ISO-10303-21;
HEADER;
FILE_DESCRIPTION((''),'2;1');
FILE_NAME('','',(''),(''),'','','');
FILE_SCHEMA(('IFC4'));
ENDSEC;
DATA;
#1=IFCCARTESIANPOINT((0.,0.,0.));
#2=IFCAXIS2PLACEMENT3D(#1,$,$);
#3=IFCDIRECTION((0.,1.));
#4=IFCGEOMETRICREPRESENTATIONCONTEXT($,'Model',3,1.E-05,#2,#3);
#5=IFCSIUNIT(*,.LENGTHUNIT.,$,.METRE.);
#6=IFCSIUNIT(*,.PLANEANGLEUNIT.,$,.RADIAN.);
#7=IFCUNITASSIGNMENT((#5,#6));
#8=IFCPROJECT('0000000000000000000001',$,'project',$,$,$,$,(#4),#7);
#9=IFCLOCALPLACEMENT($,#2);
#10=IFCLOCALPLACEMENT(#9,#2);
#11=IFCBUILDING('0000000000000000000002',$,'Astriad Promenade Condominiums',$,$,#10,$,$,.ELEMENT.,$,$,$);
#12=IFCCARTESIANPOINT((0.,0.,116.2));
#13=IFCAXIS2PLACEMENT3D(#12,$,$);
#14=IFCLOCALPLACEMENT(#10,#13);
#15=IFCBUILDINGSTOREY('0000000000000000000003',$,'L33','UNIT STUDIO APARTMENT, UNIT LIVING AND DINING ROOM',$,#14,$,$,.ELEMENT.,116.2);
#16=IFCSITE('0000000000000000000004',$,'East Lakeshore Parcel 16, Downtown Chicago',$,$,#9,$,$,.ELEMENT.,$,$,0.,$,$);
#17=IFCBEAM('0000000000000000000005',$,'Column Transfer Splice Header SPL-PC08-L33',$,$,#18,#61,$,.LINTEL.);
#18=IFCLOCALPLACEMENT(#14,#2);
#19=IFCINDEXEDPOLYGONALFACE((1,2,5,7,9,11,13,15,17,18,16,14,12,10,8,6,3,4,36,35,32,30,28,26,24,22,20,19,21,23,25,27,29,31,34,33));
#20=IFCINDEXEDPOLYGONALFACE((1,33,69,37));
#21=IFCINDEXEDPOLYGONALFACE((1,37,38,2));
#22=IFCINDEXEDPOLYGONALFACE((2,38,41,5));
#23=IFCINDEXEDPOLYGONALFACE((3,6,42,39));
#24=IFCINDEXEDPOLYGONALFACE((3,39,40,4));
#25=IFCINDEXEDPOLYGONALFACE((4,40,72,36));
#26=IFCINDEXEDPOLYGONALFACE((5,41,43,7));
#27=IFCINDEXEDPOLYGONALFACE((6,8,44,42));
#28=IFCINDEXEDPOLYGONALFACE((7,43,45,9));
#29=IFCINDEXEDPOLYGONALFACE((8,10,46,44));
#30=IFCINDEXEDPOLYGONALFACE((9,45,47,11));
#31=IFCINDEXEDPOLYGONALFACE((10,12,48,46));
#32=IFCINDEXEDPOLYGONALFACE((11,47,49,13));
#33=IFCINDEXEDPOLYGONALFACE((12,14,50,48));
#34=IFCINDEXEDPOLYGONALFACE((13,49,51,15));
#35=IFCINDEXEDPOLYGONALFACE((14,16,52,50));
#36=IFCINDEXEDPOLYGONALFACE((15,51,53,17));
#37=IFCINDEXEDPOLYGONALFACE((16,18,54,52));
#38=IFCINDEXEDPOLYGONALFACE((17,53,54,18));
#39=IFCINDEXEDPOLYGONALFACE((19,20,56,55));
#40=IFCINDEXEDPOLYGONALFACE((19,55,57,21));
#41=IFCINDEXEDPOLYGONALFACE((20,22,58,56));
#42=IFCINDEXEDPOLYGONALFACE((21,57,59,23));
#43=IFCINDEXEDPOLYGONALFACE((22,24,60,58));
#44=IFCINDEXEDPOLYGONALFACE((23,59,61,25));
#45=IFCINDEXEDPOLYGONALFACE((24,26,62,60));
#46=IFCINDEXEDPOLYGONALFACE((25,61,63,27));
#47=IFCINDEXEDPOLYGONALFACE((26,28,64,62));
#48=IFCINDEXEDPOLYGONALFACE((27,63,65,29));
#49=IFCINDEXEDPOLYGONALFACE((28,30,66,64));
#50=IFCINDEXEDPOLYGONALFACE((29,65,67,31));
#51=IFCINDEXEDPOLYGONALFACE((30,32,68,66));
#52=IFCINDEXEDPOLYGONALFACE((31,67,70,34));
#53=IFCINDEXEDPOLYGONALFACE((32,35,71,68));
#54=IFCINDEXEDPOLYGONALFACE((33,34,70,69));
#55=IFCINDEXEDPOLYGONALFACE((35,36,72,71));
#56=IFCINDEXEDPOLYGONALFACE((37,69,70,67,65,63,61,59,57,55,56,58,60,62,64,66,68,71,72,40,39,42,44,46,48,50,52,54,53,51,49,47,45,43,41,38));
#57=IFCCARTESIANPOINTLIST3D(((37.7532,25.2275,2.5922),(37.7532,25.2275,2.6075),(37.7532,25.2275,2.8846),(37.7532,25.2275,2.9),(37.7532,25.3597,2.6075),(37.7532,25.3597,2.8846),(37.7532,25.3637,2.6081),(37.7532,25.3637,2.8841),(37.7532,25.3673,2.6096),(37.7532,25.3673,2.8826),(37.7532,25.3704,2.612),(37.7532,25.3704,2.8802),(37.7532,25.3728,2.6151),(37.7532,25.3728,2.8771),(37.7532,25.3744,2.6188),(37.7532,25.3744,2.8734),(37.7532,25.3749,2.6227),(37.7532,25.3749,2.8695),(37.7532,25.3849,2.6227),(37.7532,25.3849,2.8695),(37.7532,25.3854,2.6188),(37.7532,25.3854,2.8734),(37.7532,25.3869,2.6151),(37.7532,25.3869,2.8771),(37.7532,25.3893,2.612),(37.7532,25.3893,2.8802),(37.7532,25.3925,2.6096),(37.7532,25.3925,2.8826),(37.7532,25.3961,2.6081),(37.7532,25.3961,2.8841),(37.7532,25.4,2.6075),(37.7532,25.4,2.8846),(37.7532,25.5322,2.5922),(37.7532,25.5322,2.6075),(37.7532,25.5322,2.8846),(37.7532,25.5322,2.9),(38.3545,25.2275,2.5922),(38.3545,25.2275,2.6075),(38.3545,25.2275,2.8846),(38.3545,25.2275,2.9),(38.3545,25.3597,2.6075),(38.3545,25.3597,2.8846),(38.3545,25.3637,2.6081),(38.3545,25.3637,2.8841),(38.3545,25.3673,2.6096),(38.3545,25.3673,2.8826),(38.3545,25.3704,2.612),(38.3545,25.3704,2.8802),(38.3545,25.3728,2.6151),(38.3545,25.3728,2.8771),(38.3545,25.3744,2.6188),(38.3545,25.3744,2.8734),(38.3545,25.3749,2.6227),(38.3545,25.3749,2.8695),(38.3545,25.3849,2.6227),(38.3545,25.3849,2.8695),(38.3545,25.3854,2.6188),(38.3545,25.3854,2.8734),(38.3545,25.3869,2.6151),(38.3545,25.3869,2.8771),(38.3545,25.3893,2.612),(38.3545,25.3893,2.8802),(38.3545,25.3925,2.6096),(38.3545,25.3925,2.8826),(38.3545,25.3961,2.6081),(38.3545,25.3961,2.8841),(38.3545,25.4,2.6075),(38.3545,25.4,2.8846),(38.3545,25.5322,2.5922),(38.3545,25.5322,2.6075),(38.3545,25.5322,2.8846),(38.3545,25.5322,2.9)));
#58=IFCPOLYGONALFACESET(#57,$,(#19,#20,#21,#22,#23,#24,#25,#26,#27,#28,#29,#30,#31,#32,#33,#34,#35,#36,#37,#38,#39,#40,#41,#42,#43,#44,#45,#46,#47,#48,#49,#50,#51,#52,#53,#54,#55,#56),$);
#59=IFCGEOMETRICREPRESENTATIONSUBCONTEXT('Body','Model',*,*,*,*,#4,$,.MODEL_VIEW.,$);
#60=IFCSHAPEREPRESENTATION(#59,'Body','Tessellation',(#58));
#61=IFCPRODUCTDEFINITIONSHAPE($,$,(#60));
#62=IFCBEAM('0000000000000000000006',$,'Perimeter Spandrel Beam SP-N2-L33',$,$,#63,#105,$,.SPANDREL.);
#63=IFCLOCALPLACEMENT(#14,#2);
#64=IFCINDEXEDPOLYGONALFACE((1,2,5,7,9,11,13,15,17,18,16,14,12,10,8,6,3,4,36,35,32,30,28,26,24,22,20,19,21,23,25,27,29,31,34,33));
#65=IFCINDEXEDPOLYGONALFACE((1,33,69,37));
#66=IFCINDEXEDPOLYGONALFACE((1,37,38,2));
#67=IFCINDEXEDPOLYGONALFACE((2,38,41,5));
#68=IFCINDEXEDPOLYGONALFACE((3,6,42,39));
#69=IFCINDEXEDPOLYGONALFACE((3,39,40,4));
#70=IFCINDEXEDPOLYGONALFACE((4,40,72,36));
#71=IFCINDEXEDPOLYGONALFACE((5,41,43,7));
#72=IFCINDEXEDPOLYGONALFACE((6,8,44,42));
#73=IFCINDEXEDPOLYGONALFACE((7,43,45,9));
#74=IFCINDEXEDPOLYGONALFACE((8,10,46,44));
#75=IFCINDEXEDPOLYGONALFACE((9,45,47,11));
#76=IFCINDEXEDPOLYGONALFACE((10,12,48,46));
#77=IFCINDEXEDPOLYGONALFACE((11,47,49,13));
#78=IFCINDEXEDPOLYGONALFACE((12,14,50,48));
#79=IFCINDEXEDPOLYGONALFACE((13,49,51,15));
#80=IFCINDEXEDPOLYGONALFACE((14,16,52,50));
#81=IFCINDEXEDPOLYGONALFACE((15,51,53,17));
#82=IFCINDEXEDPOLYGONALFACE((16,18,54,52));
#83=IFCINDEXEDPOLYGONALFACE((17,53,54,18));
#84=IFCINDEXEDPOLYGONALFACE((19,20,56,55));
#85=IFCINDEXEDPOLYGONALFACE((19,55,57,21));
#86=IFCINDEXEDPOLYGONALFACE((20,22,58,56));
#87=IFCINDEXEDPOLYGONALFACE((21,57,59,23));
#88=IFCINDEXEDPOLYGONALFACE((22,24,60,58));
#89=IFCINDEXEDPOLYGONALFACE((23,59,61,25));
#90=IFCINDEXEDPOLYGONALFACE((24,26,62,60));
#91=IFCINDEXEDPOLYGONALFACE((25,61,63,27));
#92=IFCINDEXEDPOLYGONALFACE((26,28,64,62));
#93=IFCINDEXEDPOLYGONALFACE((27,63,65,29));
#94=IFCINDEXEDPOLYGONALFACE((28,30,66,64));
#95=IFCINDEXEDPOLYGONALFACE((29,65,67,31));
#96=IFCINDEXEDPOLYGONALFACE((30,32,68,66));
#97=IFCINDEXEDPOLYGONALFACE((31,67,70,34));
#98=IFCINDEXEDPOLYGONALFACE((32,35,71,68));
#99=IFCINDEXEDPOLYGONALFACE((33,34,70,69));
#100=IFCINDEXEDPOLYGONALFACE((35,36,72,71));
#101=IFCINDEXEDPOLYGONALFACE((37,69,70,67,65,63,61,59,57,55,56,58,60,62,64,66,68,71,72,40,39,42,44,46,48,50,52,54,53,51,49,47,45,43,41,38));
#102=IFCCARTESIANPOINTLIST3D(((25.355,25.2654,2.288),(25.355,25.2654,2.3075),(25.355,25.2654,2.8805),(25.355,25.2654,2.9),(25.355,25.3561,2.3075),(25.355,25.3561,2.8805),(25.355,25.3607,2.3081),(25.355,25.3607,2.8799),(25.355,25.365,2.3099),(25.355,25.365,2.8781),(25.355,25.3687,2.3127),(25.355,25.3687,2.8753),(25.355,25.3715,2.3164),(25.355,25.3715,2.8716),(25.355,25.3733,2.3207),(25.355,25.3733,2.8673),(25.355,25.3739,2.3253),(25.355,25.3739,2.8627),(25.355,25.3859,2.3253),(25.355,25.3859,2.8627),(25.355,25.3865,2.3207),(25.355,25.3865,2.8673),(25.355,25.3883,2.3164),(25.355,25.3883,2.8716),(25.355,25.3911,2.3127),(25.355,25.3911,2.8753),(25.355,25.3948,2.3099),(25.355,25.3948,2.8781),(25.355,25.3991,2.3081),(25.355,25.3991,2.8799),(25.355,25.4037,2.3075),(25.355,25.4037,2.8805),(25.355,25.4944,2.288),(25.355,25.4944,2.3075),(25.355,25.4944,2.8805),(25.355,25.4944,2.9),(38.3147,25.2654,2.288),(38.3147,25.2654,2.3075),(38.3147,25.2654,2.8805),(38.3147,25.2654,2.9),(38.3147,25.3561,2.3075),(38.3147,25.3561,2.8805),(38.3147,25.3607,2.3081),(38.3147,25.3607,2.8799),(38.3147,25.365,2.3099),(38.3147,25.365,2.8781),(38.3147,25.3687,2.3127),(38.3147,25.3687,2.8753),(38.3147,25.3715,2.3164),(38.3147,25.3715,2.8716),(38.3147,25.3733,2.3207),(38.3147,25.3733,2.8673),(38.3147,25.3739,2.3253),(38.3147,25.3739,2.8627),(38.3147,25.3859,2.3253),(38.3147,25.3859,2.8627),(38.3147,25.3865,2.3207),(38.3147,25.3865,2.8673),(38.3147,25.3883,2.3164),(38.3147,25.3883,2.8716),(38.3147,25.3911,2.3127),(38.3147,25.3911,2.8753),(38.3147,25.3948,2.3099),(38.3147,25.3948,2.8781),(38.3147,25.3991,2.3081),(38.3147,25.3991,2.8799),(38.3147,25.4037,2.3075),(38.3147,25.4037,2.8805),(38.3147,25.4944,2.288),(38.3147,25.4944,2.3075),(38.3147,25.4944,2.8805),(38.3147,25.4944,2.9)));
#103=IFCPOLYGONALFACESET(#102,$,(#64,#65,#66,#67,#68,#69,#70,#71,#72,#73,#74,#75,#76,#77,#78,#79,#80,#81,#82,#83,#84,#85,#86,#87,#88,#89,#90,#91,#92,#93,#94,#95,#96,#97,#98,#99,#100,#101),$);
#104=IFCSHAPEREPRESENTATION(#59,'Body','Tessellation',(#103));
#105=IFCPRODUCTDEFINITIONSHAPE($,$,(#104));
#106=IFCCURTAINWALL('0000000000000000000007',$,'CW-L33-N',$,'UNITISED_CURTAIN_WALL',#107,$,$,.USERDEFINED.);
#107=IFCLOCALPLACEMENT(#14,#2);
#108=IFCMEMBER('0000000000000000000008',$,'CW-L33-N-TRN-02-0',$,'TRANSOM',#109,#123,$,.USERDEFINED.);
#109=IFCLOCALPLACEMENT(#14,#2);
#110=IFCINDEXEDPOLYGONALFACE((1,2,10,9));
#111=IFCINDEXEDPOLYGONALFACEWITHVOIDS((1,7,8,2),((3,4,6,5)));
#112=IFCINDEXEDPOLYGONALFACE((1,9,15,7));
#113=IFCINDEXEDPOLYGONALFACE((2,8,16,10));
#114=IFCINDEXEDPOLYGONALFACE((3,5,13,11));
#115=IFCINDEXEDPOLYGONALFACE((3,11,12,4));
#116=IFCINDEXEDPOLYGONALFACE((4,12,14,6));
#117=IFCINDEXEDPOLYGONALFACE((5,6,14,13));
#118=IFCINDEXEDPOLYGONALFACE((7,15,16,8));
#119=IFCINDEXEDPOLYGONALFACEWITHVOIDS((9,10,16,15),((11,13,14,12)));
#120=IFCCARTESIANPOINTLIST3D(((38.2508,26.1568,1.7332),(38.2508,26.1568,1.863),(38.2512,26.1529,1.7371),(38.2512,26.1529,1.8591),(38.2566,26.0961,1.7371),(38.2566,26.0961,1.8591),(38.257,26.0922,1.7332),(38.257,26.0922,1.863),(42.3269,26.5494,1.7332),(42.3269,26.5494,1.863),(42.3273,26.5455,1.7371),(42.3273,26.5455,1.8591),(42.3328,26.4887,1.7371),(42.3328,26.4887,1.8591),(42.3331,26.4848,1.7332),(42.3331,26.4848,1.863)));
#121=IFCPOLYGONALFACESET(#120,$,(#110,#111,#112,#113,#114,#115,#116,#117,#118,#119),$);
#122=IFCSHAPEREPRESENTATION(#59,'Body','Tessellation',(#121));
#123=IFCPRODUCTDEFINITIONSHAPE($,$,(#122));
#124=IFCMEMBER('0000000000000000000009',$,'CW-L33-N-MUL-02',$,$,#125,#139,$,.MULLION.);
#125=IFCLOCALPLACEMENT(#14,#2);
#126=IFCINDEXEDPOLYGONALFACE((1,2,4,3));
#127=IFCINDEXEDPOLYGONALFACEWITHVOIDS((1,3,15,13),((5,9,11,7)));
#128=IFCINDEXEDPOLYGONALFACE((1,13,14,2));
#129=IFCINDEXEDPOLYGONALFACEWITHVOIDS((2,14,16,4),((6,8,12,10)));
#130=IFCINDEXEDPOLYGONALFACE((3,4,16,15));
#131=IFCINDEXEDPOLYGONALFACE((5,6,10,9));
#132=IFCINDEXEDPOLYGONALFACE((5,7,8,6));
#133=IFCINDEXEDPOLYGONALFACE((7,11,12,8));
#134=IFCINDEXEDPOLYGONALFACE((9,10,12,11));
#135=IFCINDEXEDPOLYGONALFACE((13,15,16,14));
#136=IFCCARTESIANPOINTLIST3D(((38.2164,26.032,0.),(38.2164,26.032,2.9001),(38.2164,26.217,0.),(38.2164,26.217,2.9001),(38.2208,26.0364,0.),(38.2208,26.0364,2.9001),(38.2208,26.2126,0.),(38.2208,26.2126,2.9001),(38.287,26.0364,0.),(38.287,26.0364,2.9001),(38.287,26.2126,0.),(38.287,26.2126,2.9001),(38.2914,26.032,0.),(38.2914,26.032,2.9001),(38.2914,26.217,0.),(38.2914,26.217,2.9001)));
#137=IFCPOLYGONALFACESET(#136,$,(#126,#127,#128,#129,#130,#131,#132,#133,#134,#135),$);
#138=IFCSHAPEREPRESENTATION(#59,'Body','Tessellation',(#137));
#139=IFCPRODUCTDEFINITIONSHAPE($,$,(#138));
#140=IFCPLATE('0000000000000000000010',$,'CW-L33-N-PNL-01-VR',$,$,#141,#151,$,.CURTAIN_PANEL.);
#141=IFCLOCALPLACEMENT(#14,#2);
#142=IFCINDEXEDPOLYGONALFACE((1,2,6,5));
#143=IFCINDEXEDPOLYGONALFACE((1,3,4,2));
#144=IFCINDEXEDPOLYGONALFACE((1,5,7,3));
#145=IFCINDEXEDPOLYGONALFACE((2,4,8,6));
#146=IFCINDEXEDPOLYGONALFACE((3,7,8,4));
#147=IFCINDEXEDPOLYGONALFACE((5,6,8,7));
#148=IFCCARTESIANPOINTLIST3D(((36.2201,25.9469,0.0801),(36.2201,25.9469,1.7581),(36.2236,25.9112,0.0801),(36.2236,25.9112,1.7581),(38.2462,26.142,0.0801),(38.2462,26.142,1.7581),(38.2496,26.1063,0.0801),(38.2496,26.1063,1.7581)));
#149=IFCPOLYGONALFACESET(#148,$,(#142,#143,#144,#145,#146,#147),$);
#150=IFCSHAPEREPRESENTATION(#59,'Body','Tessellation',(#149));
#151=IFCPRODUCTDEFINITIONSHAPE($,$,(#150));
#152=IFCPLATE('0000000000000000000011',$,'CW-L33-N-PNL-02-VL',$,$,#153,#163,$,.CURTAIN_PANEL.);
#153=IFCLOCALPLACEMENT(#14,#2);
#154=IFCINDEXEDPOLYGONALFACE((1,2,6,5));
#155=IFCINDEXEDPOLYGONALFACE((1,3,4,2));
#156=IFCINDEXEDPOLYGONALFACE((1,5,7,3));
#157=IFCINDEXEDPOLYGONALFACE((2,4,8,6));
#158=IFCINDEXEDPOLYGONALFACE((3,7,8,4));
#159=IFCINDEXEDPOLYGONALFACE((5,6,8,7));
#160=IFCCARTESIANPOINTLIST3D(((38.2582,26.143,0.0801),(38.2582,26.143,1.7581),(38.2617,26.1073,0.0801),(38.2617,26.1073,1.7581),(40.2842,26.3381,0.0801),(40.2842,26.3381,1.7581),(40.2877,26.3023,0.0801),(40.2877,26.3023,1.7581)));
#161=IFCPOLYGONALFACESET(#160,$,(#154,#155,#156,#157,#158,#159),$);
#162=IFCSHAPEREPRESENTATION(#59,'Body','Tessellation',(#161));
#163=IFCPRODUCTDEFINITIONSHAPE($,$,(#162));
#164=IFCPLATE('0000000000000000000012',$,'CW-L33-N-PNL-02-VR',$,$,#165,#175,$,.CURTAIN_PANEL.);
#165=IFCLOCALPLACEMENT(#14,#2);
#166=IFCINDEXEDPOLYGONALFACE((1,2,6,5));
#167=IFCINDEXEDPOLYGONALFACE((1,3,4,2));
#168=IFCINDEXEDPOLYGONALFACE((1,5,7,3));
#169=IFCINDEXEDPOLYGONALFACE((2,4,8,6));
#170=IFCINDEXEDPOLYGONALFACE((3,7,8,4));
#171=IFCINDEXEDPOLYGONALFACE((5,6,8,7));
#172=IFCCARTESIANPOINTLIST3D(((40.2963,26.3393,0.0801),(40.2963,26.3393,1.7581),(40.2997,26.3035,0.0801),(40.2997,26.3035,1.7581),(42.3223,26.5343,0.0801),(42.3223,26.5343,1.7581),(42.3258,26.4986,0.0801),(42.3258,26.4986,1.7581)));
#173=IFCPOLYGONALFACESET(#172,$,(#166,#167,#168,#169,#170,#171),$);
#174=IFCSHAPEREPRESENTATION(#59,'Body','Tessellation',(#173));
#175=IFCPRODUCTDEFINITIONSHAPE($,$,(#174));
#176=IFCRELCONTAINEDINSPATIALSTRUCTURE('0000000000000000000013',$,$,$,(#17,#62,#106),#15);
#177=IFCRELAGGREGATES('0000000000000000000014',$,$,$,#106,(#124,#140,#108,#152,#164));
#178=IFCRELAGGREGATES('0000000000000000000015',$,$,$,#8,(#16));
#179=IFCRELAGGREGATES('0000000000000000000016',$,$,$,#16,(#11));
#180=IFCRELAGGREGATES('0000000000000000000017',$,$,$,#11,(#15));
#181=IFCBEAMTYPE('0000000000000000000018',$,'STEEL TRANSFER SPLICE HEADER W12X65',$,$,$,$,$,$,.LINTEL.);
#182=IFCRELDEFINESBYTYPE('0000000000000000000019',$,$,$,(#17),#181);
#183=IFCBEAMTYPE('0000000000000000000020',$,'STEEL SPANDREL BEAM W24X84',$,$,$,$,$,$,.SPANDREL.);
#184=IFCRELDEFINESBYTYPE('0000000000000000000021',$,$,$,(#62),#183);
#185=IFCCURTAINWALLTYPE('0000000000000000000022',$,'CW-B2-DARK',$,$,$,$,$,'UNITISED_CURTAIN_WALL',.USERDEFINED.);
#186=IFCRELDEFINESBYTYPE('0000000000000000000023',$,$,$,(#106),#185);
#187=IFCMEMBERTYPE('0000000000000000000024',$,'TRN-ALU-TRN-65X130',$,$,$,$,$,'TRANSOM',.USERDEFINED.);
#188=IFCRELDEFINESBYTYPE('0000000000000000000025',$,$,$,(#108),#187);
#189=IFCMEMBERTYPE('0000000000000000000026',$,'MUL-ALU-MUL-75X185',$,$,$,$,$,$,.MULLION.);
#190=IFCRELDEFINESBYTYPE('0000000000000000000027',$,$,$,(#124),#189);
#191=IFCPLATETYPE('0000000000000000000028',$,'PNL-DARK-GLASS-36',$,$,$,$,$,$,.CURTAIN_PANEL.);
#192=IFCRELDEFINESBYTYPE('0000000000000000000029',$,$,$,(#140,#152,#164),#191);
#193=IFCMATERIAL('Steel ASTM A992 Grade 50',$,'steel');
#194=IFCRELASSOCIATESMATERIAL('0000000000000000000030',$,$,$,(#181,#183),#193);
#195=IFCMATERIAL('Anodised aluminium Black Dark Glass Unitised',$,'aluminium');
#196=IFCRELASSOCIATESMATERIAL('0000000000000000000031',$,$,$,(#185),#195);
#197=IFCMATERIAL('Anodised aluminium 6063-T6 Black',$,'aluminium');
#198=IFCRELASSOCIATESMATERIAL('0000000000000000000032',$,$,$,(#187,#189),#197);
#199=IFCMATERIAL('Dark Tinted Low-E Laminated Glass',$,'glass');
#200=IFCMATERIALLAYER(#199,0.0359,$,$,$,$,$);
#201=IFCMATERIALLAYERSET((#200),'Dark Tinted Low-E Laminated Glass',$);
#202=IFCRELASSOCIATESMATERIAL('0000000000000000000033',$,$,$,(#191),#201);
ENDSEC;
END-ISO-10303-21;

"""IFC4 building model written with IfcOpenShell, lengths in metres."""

from ifc_helpers import new_model, si_unit, direction, frame, origin, origin_2d, place, context, subcontext, project, spatial, rectangle, hollow_rectangle, i_section, extrude, source, transform, mapped, material, layer, layer_set, material_profile, profile_set, type_object, type_shapes, element, aggregate, save


model = new_model("IFC4")

# Units and contexts
model_context = context("Model", 3, precision=1e-05, world=origin(), true_north=direction((0.0, 1.0)))
body_context = subcontext(model_context, "Body", "Model", "MODEL_VIEW")
ifc_project = project(units=[si_unit("LENGTHUNIT", "METRE"), si_unit("PLANEANGLEUNIT", "RADIAN")], contexts=[model_context])

# Site, building, storey
site_placement = place(None, origin())
site = spatial("IfcSite", under=ifc_project, at=site_placement, Name="East Lakeshore Parcel 16, Downtown Chicago", CompositionType="ELEMENT", RefElevation=0.0)
building_placement = place(site_placement, origin())
building = spatial("IfcBuilding", under=site, at=building_placement, Name="Astriad Promenade Condominiums", CompositionType="ELEMENT")
storey_placement = place(building_placement, frame((0.0, 0.0, 116.2)))
storey = spatial("IfcBuildingStorey", under=building, at=storey_placement, Name="L33", Description="UNIT STUDIO APARTMENT, UNIT LIVING AND DINING ROOM", CompositionType="ELEMENT", Elevation=116.2)

# Shared definitions
ifc_material_1 = material(Name="Steel ASTM A992 Grade 50", Category="steel")

# Beams
ifc_material_profile_1 = material_profile(ifc_material_1, i_section(OverallWidth=0.3047, OverallDepth=0.3079, WebThickness=0.01, FlangeThickness=0.0154, FilletRadius=0.0151, at=origin_2d()), Name="W12X65")
ifc_profile_set_1 = profile_set([ifc_material_profile_1], Name="Steel ASTM A992 Grade 50")
beam_type_1 = type_object("IfcBeamType", Name="STEEL TRANSFER SPLICE HEADER W12X65", PredefinedType="LINTEL", material=ifc_profile_set_1)
shared_shape_1 = source(origin(), body_context, "Body", "SweptSolid", [
    extrude(i_section(OverallWidth=0.3047, OverallDepth=0.3079, WebThickness=0.01, FlangeThickness=0.0154, FilletRadius=0.0151, at=origin_2d()), origin(), (0.0, 0.0, 1.0), 0.6013),
])
type_shapes(beam_type_1, [shared_shape_1])
beam_1_placement = place(storey_placement, frame((38.3545, 25.3799, 2.7461), z_axis=(-1.0, 0.0, 0.0), x_axis=(0.0, -1.0, 0.0)))
element("IfcBeam", 1, at=beam_1_placement, inside=storey, type_object=beam_type_1, Name="Column Transfer Splice Header SPL-PC08-L33", PredefinedType="LINTEL", context=body_context, shape_type="MappedRepresentation", body=[
    mapped(shared_shape_1, transform((0.0, 0.0, 0.0), scale=1.0)),
])
ifc_material_profile_2 = material_profile(ifc_material_1, i_section(OverallWidth=0.229, OverallDepth=0.6121, WebThickness=0.012, FlangeThickness=0.0195, FilletRadius=0.0178, at=origin_2d()), Name="W24X84")
ifc_profile_set_2 = profile_set([ifc_material_profile_2], Name="Steel ASTM A992 Grade 50")
beam_type_2 = type_object("IfcBeamType", Name="STEEL SPANDREL BEAM W24X84", PredefinedType="SPANDREL", material=ifc_profile_set_2)
shared_shape_2 = source(origin(), body_context, "Body", "SweptSolid", [
    extrude(i_section(OverallWidth=0.229, OverallDepth=0.6121, WebThickness=0.012, FlangeThickness=0.0195, FilletRadius=0.0178, at=origin_2d()), origin(), (0.0, 0.0, 1.0), 12.9597),
])
type_shapes(beam_type_2, [shared_shape_2])
beam_2_placement = place(storey_placement, frame((38.3147, 25.3799, 2.594), z_axis=(-1.0, 0.0, 0.0), x_axis=(0.0, -1.0, 0.0)))
element("IfcBeam", 2, at=beam_2_placement, inside=storey, type_object=beam_type_2, Name="Perimeter Spandrel Beam SP-N2-L33", PredefinedType="SPANDREL", context=body_context, shape_type="MappedRepresentation", body=[
    mapped(shared_shape_2, transform((0.0, 0.0, 0.0), scale=1.0)),
])

# Curtain wall, members, plates
ifc_material_2 = material(Name="Anodised aluminium Black Dark Glass Unitised", Category="aluminium")
curtain_wall_type = type_object("IfcCurtainWallType", Name="CW-B2-DARK", ElementType="UNITISED_CURTAIN_WALL", PredefinedType="USERDEFINED", material=ifc_material_2)
curtain_wall_placement = place(storey_placement, origin())
curtain_wall = element("IfcCurtainWall", 3, at=curtain_wall_placement, inside=storey, type_object=curtain_wall_type, Name="CW-L33-N", ObjectType="UNITISED_CURTAIN_WALL", PredefinedType="USERDEFINED")
ifc_material_3 = material(Name="Anodised aluminium 6063-T6 Black", Category="aluminium")
ifc_material_profile_3 = material_profile(ifc_material_3, hollow_rectangle(XDim=0.0649, YDim=0.1299, WallThickness=0.0039, at=origin_2d()), Name="ALU-TRN-65X130")
ifc_profile_set_3 = profile_set([ifc_material_profile_3], Name="Anodised aluminium 6063-T6 Black")
member_type_1 = type_object("IfcMemberType", Name="TRN-ALU-TRN-65X130", ElementType="TRANSOM", PredefinedType="USERDEFINED", material=ifc_profile_set_3)
shared_shape_3 = source(origin(), body_context, "Body", "SweptSolid", [
    extrude(hollow_rectangle(XDim=0.0649, YDim=0.1299, WallThickness=0.0039, at=origin_2d()), origin(), (0.0, 0.0, 1.0), 4.095),
])
type_shapes(member_type_1, [shared_shape_3])
member_1_placement = place(storey_placement, frame((38.2539, 26.1245, 1.7981), z_axis=(0.995394, 0.095867, 0.0), x_axis=(-0.095867, 0.995394, 0.0)))
member_1 = element("IfcMember", 4, at=member_1_placement, type_object=member_type_1, Name="CW-L33-N-TRN-02-0", ObjectType="TRANSOM", PredefinedType="USERDEFINED", context=body_context, shape_type="MappedRepresentation", body=[
    mapped(shared_shape_3, transform((0.0, 0.0, 0.0), scale=1.0)),
])
ifc_material_profile_4 = material_profile(ifc_material_3, hollow_rectangle(XDim=0.075, YDim=0.1851, WallThickness=0.0044, at=origin_2d()), Name="ALU-MUL-75X185")
ifc_profile_set_4 = profile_set([ifc_material_profile_4], Name="Anodised aluminium 6063-T6 Black")
member_type_2 = type_object("IfcMemberType", Name="MUL-ALU-MUL-75X185", PredefinedType="MULLION", material=ifc_profile_set_4)
shared_shape_4 = source(origin(), body_context, "Body", "SweptSolid", [
    extrude(hollow_rectangle(XDim=0.075, YDim=0.1851, WallThickness=0.0044, at=origin_2d()), origin(), (0.0, 0.0, 1.0), 2.9001),
])
type_shapes(member_type_2, [shared_shape_4])
member_2_placement = place(storey_placement, frame((38.2539, 26.1245, 0.0), z_axis=(0.0, 0.0, 1.0), x_axis=(1.0, 0.0, 0.0)))
member_2 = element("IfcMember", 5, at=member_2_placement, type_object=member_type_2, Name="CW-L33-N-MUL-02", PredefinedType="MULLION", context=body_context, shape_type="MappedRepresentation", body=[
    mapped(shared_shape_4, transform((0.0, 0.0, 0.0), scale=1.0)),
])
ifc_material_4 = material(Name="Dark Tinted Low-E Laminated Glass", Category="glass")
ifc_layer_1 = layer(ifc_material_4, 0.0359)
ifc_layer_set_1 = layer_set([ifc_layer_1], Name="Dark Tinted Low-E Laminated Glass")
plate_type = type_object("IfcPlateType", Name="PNL-DARK-GLASS-36", PredefinedType="CURTAIN_PANEL", material=ifc_layer_set_1)
shared_shape_5 = source(origin(), body_context, "Body", "SweptSolid", [
    extrude(rectangle(XDim=2.0354, YDim=0.0359, at=origin_2d()), origin(), (0.0, 0.0, 1.0), 1.678),
])
plate_1_placement = place(storey_placement, frame((37.2349, 26.0266, 0.0801), z_axis=(0.0, 0.0, 1.0), x_axis=(0.995396, 0.095846, 0.0)))
plate_1 = element("IfcPlate", 6, at=plate_1_placement, type_object=plate_type, Name="CW-L33-N-PNL-01-VR", PredefinedType="CURTAIN_PANEL", context=body_context, shape_type="MappedRepresentation", body=[
    mapped(shared_shape_5, transform((0.0, 0.0, 0.0), scale=1.0)),
])
plate_2_placement = place(storey_placement, frame((39.2729, 26.2227, 0.0801), z_axis=(0.0, 0.0, 1.0), x_axis=(0.995396, 0.095846, 0.0)))
plate_2 = element("IfcPlate", 7, at=plate_2_placement, type_object=plate_type, Name="CW-L33-N-PNL-02-VL", PredefinedType="CURTAIN_PANEL", context=body_context, shape_type="MappedRepresentation", body=[
    mapped(shared_shape_5, transform((0.0, 0.0, 0.0), scale=1.0)),
])
plate_3_placement = place(storey_placement, frame((41.311, 26.4189, 0.0801), z_axis=(0.0, 0.0, 1.0), x_axis=(0.995396, 0.095846, 0.0)))
plate_3 = element("IfcPlate", 8, at=plate_3_placement, type_object=plate_type, Name="CW-L33-N-PNL-02-VR", PredefinedType="CURTAIN_PANEL", context=body_context, shape_type="MappedRepresentation", body=[
    mapped(shared_shape_5, transform((0.0, 0.0, 0.0), scale=1.0)),
])
aggregate(curtain_wall, [member_2, plate_1, member_1, plate_2, plate_3])

save(model, "model.ifc")
